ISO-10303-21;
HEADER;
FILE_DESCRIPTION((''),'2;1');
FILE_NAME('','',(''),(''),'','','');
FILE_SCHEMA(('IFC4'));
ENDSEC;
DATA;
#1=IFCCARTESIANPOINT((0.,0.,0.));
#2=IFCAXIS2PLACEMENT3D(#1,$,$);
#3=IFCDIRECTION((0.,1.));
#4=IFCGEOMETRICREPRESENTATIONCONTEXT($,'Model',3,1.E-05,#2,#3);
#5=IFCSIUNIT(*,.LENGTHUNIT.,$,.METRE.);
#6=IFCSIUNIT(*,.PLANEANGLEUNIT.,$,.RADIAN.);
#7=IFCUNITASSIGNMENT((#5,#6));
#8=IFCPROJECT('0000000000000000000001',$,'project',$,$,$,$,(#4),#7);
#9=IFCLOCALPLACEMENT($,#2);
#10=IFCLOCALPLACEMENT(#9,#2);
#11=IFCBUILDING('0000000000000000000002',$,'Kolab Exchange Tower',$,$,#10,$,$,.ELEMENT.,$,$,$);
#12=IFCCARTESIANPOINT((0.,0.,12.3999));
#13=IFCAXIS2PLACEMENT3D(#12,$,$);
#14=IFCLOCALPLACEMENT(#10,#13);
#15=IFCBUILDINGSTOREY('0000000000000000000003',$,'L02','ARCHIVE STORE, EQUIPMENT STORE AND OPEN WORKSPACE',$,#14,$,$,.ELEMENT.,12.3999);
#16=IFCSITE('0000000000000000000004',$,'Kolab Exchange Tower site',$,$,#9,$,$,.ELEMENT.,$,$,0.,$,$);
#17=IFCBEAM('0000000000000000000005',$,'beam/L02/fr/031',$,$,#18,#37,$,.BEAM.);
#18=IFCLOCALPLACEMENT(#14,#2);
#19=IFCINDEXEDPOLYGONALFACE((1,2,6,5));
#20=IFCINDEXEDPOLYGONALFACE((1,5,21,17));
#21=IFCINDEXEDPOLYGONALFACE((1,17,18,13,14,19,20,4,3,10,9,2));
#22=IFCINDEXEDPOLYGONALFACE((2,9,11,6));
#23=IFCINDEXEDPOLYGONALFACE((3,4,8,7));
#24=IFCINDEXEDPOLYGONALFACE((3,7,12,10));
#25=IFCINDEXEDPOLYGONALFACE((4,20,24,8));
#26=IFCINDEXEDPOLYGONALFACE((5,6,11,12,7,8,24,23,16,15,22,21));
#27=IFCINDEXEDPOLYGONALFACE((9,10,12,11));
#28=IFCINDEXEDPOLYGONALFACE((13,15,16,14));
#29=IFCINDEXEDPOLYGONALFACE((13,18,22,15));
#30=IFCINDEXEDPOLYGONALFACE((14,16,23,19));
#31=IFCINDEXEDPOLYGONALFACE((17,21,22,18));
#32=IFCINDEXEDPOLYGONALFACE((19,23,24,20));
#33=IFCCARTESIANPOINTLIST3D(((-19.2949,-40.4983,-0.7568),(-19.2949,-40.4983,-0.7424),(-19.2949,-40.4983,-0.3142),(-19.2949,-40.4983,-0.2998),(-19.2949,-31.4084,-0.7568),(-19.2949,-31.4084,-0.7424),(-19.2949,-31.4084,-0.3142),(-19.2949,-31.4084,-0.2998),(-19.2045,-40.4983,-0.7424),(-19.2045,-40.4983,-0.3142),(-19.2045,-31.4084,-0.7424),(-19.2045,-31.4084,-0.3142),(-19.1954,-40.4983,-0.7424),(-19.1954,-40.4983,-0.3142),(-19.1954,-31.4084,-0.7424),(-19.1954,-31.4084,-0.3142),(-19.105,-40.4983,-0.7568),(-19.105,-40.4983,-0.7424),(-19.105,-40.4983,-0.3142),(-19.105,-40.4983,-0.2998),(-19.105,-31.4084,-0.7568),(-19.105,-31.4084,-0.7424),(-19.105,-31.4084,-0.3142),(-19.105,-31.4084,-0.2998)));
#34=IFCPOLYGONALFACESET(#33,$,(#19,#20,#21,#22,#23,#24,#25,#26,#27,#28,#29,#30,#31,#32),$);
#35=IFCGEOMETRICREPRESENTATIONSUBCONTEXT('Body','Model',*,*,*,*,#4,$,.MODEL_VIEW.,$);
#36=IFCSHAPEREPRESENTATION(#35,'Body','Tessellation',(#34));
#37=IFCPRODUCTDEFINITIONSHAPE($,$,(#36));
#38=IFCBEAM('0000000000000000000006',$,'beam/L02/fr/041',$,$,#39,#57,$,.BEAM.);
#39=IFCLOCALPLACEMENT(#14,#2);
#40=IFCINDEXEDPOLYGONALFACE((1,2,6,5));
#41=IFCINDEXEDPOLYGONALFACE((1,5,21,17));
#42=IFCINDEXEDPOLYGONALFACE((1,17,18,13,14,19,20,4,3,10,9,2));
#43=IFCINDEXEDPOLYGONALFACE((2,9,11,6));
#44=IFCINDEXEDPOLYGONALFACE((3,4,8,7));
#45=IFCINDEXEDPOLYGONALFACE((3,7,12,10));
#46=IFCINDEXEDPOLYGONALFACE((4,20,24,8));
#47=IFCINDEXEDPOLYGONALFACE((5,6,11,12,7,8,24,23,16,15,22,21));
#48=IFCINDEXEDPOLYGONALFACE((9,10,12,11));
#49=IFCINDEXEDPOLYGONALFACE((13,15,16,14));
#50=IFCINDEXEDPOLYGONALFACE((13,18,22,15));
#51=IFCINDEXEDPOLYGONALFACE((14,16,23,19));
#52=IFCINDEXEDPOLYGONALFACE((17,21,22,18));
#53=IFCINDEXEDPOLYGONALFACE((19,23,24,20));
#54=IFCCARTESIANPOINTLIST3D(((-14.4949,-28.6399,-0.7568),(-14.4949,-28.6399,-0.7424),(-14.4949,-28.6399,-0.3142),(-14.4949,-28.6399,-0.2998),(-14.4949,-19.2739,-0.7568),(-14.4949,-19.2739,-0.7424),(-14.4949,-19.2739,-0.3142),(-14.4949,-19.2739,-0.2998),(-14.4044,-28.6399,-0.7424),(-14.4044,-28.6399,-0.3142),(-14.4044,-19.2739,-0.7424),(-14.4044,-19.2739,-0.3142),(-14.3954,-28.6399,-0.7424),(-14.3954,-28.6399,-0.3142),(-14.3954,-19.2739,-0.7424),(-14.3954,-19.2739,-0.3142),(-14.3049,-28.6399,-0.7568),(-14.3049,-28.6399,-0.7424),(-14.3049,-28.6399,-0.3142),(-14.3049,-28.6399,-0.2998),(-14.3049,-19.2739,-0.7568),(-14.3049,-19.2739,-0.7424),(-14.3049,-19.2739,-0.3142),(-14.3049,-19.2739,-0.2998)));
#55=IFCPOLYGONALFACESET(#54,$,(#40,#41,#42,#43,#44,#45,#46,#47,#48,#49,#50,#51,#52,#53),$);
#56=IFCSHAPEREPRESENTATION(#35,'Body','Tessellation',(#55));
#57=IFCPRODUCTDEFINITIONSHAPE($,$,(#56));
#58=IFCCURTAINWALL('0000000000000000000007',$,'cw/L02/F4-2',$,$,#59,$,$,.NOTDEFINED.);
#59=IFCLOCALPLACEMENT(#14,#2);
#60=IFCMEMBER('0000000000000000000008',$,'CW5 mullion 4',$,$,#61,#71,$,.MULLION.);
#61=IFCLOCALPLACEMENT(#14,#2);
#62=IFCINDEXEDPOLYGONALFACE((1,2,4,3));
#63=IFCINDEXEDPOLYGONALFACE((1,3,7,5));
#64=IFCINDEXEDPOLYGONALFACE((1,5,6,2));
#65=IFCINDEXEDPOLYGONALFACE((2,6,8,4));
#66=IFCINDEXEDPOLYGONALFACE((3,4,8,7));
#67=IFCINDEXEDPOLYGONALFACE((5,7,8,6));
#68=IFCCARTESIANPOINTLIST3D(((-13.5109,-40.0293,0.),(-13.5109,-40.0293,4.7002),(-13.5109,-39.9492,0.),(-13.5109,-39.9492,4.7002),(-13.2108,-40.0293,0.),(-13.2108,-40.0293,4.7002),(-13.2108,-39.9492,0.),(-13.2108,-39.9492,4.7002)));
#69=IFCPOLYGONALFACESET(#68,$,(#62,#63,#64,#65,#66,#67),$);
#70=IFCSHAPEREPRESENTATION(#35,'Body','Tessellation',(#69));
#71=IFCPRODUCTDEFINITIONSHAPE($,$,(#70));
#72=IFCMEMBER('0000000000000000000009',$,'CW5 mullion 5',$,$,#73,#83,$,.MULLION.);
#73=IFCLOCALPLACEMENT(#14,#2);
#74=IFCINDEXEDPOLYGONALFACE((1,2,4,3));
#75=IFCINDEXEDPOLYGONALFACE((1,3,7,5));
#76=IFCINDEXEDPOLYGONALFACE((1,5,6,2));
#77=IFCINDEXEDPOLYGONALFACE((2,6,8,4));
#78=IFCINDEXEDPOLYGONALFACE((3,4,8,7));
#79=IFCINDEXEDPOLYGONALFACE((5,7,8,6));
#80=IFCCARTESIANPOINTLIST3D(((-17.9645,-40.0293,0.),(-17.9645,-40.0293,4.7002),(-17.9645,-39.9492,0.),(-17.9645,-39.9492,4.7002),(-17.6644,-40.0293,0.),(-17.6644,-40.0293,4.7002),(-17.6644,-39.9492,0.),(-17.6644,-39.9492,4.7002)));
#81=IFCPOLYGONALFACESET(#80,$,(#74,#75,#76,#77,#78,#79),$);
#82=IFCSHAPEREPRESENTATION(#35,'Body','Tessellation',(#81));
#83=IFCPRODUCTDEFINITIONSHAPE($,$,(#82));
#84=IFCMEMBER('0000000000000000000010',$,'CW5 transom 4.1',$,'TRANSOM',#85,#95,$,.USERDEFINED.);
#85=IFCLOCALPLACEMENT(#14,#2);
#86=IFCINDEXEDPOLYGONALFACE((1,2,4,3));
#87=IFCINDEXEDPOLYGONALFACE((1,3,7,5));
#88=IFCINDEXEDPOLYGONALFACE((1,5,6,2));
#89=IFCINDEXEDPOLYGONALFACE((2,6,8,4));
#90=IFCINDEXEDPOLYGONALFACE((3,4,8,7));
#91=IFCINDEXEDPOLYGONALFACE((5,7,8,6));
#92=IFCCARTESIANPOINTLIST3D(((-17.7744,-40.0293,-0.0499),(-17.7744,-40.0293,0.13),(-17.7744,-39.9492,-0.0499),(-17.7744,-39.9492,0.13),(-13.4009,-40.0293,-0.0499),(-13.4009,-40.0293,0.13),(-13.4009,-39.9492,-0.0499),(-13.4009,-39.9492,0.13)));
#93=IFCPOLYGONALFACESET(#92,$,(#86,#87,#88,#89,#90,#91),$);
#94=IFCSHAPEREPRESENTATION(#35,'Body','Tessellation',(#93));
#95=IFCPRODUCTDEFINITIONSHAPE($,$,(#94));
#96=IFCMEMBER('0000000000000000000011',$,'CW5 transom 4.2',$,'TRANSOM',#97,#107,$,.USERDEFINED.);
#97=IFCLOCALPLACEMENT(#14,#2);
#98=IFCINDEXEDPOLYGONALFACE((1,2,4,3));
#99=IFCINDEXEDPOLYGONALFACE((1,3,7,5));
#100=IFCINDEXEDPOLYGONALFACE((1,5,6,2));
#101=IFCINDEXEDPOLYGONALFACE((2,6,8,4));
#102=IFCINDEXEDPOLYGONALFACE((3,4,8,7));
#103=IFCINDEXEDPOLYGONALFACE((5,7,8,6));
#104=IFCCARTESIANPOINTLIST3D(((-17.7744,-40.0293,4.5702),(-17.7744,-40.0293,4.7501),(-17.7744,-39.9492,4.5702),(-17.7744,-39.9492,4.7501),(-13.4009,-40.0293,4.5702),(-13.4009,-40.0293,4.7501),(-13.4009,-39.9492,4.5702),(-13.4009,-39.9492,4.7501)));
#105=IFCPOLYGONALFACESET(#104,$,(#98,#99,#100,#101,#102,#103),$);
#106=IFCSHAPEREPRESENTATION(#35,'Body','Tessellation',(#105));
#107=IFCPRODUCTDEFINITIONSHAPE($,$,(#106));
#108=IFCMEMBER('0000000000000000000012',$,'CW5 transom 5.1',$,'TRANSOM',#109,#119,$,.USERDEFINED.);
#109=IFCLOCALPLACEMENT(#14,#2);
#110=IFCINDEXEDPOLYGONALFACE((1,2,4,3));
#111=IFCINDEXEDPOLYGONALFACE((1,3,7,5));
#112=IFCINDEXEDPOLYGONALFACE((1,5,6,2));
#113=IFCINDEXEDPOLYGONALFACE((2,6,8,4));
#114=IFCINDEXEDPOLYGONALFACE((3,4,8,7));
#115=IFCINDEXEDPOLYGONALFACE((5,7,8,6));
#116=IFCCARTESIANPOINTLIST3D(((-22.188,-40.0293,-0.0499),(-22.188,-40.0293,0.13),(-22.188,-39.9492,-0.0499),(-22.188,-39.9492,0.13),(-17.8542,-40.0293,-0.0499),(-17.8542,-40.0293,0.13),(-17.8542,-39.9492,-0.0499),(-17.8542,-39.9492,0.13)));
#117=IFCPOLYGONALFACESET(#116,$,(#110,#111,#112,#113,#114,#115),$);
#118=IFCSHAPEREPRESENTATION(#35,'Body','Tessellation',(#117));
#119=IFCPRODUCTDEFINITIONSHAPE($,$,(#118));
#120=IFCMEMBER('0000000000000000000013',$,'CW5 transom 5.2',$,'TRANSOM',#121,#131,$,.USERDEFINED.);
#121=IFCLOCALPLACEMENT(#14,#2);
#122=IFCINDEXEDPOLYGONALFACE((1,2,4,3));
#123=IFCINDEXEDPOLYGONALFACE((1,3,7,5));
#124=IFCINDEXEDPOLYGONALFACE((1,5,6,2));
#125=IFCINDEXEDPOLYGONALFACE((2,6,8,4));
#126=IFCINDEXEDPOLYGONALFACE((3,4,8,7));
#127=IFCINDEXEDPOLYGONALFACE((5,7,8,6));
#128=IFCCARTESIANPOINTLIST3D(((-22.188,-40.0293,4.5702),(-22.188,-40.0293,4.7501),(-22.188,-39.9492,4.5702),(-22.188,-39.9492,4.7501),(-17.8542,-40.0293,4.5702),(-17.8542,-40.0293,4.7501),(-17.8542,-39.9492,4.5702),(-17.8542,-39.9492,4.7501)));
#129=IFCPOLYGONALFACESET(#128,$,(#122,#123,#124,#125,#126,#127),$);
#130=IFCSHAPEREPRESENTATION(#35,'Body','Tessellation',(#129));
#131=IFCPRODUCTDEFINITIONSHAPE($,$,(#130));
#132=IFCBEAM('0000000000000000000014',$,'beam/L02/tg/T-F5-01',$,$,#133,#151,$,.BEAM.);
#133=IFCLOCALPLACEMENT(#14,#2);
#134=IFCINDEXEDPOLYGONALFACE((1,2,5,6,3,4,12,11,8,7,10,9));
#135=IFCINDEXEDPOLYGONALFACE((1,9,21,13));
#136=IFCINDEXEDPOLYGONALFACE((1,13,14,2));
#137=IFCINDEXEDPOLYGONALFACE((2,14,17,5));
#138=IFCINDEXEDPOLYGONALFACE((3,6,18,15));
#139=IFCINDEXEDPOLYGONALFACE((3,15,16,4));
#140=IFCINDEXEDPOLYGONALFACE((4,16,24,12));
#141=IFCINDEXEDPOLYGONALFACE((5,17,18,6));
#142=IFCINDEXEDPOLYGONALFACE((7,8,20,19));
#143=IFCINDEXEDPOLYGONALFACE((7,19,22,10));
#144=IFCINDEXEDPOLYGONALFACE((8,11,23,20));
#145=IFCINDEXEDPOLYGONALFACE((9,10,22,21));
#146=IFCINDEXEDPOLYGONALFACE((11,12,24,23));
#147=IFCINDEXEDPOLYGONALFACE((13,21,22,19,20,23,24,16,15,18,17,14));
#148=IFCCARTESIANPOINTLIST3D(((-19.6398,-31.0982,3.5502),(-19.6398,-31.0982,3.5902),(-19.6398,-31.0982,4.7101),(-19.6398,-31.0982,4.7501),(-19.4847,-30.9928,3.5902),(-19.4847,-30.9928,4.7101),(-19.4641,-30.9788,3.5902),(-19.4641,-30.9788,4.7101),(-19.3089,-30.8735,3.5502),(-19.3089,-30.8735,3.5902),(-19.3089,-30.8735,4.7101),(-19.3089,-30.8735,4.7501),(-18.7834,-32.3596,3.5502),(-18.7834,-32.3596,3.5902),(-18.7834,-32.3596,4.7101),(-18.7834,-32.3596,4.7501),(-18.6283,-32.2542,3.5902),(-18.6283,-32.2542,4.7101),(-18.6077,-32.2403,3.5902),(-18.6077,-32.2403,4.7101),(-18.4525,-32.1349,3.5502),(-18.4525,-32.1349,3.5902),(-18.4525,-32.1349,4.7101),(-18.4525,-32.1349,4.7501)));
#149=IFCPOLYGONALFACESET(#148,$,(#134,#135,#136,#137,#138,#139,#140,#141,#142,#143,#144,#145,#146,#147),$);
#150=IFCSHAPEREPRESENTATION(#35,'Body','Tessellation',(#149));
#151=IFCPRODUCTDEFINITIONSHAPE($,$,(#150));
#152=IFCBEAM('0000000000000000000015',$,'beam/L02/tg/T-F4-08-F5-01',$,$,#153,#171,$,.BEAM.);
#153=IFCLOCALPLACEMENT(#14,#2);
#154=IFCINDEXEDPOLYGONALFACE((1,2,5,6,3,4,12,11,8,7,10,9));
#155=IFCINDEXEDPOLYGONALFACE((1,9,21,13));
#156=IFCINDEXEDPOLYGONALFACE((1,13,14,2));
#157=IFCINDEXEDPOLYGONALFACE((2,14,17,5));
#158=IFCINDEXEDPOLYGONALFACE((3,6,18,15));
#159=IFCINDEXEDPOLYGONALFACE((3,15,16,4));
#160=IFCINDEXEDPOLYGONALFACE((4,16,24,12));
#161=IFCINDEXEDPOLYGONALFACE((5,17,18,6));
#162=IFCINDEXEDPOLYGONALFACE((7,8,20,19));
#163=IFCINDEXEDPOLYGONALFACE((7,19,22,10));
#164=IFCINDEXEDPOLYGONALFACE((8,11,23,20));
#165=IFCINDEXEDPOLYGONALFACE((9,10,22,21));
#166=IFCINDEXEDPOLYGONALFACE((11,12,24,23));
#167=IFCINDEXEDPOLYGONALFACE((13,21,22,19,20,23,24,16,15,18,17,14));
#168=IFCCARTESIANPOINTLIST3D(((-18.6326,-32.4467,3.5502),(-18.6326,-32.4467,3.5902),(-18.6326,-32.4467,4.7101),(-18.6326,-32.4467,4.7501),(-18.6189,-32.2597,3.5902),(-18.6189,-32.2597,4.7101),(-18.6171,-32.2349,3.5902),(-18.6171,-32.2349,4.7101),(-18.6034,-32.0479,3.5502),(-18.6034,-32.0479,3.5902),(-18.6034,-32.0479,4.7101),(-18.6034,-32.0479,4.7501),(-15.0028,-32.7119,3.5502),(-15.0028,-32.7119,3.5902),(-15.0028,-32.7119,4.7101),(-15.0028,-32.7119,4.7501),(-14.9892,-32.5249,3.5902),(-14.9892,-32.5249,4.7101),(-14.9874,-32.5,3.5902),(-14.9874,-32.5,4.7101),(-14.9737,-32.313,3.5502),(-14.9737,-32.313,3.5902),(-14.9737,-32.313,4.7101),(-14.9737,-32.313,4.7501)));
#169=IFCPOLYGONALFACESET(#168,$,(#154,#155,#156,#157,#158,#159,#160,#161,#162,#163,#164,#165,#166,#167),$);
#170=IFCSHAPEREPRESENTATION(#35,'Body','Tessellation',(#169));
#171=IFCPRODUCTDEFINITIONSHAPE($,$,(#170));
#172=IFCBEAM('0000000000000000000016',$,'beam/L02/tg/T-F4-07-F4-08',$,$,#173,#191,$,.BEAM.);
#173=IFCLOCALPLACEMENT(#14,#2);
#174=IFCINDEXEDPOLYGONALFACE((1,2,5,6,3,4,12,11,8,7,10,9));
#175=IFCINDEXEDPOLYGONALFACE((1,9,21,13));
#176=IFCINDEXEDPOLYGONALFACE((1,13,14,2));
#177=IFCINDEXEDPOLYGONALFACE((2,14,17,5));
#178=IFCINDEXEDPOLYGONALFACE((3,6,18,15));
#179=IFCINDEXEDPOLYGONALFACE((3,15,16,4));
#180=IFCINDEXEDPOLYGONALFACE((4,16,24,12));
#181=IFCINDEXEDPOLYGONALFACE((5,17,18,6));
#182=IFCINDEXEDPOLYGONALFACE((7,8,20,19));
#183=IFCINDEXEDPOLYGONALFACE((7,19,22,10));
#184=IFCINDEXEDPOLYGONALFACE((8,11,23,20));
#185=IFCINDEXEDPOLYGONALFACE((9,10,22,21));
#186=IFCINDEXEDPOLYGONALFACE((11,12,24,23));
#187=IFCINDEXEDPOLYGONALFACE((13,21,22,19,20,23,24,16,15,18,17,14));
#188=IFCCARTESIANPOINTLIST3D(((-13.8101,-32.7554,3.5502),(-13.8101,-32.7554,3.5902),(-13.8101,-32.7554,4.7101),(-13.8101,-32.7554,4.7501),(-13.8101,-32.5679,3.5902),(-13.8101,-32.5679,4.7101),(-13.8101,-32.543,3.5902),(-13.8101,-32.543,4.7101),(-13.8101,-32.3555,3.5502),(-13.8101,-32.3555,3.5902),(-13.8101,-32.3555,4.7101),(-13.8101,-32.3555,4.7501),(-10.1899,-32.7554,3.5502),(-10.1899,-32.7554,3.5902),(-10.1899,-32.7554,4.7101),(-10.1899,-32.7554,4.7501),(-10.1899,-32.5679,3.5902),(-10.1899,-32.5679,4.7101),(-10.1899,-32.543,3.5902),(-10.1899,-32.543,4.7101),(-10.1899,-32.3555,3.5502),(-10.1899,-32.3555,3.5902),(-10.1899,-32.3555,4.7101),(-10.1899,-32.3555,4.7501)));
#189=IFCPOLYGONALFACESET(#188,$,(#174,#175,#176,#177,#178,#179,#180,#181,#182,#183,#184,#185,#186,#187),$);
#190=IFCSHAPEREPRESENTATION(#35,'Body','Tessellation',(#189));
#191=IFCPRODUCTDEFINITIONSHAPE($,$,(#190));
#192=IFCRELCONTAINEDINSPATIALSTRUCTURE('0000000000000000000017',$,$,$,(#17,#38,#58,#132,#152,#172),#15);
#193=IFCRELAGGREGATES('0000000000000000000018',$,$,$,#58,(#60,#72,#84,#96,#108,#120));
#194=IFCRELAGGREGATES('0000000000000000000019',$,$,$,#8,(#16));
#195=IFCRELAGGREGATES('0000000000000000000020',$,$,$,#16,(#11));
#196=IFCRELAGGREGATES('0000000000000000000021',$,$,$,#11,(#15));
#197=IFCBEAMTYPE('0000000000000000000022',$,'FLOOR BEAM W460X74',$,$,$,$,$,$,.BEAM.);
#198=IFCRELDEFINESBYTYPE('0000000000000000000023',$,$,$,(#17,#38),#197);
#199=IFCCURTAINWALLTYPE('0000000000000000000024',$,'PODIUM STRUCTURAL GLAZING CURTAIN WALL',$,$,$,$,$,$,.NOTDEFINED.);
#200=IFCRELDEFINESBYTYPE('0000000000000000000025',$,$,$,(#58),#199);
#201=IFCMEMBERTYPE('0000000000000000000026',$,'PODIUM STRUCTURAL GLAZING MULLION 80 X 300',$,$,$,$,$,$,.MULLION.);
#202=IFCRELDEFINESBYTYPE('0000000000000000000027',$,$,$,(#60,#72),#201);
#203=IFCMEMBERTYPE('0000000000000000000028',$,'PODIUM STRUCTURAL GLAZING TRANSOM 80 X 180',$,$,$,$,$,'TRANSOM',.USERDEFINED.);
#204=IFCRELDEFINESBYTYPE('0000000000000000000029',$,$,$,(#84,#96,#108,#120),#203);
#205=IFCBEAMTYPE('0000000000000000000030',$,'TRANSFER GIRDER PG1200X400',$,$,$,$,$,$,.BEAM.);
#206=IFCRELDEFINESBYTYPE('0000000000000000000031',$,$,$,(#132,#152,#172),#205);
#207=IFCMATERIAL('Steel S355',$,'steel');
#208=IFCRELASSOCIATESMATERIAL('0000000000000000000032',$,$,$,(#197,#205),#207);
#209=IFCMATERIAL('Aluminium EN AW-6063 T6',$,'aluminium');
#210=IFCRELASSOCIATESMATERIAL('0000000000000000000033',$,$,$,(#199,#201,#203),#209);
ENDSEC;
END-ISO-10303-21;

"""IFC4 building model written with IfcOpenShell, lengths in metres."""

from ifc_helpers import new_model, si_unit, direction, frame, origin, origin_2d, place, context, subcontext, project, spatial, rectangle, i_section, extrude, material, material_profile, profile_set, type_object, element, aggregate, save


model = new_model("IFC4")

# Units and contexts
model_context = context("Model", 3, precision=1e-05, world=origin(), true_north=direction((0.0, 1.0)))
body_context = subcontext(model_context, "Body", "Model", "MODEL_VIEW")
ifc_project = project(units=[si_unit("LENGTHUNIT", "METRE"), si_unit("PLANEANGLEUNIT", "RADIAN")], contexts=[model_context])

# Site, building, storey
site_placement = place(None, origin())
site = spatial("IfcSite", under=ifc_project, at=site_placement, Name="Kolab Exchange Tower site", CompositionType="ELEMENT", RefElevation=0.0)
building_placement = place(site_placement, origin())
building = spatial("IfcBuilding", under=site, at=building_placement, Name="Kolab Exchange Tower", CompositionType="ELEMENT")
storey_placement = place(building_placement, frame((0.0, 0.0, 12.3999)))
storey = spatial("IfcBuildingStorey", under=building, at=storey_placement, Name="L02", Description="ARCHIVE STORE, EQUIPMENT STORE AND OPEN WORKSPACE", CompositionType="ELEMENT", Elevation=12.3999)

# Beams
ifc_material_1 = material(Name="Steel S355", Category="steel")
ifc_material_profile_1 = material_profile(ifc_material_1, i_section(OverallWidth=0.1899, OverallDepth=0.457, WebThickness=0.009, FlangeThickness=0.0144, at=origin_2d()), Name="W460X74")
ifc_profile_set_1 = profile_set([ifc_material_profile_1], Name="Steel S355")
beam_type_1 = type_object("IfcBeamType", Name="FLOOR BEAM W460X74", PredefinedType="BEAM", material=ifc_profile_set_1)
beam_1_placement = place(storey_placement, frame((-19.2, -40.4983, -0.5283), z_axis=(0.0, 1.0, 0.0), x_axis=(-1.0, 0.0, 0.0)))
element("IfcBeam", 1, at=beam_1_placement, inside=storey, type_object=beam_type_1, Name="beam/L02/fr/031", PredefinedType="BEAM", context=body_context, shape_type="SweptSolid", body=[
    extrude(i_section(OverallWidth=0.1899, OverallDepth=0.457, WebThickness=0.009, FlangeThickness=0.0144, at=origin_2d()), origin(), (0.0, 0.0, 1.0), 9.0898),
])
beam_2_placement = place(storey_placement, frame((-14.3999, -28.6399, -0.5283), z_axis=(0.0, 1.0, 0.0), x_axis=(-1.0, 0.0, 0.0)))
element("IfcBeam", 2, at=beam_2_placement, inside=storey, type_object=beam_type_1, Name="beam/L02/fr/041", PredefinedType="BEAM", context=body_context, shape_type="SweptSolid", body=[
    extrude(i_section(OverallWidth=0.1899, OverallDepth=0.457, WebThickness=0.009, FlangeThickness=0.0144, at=origin_2d()), origin(), (0.0, 0.0, 1.0), 9.366),
])

# Curtain wall, members
ifc_material_2 = material(Name="Aluminium EN AW-6063 T6", Category="aluminium")
curtain_wall_type = type_object("IfcCurtainWallType", Name="PODIUM STRUCTURAL GLAZING CURTAIN WALL", PredefinedType="NOTDEFINED", material=ifc_material_2)
curtain_wall_placement = place(storey_placement, origin())
curtain_wall = element("IfcCurtainWall", 3, at=curtain_wall_placement, inside=storey, type_object=curtain_wall_type, Name="cw/L02/F4-2", PredefinedType="NOTDEFINED")
ifc_material_profile_2 = material_profile(ifc_material_2, rectangle(XDim=0.0801, YDim=0.3, at=origin_2d()), Name="RECT 80X300")
ifc_profile_set_2 = profile_set([ifc_material_profile_2], Name="Aluminium EN AW-6063 T6")
member_type_1 = type_object("IfcMemberType", Name="PODIUM STRUCTURAL GLAZING MULLION 80 X 300", PredefinedType="MULLION", material=ifc_profile_set_2)
member_1_placement = place(storey_placement, frame((-13.3608, -39.9893, 0.0), z_axis=(0.0, 0.0, 1.0), x_axis=(0.0, -1.0, 0.0)))
member_1 = element("IfcMember", 4, at=member_1_placement, type_object=member_type_1, Name="CW5 mullion 4", PredefinedType="MULLION", context=body_context, shape_type="SweptSolid", body=[
    extrude(rectangle(XDim=0.0801, YDim=0.3, at=origin_2d()), origin(), (0.0, 0.0, 1.0), 4.7002),
])
member_2_placement = place(storey_placement, frame((-17.8145, -39.9893, 0.0), z_axis=(0.0, 0.0, 1.0), x_axis=(0.0, -1.0, 0.0)))
member_2 = element("IfcMember", 5, at=member_2_placement, type_object=member_type_1, Name="CW5 mullion 5", PredefinedType="MULLION", context=body_context, shape_type="SweptSolid", body=[
    extrude(rectangle(XDim=0.0801, YDim=0.3, at=origin_2d()), origin(), (0.0, 0.0, 1.0), 4.7002),
])
ifc_material_profile_3 = material_profile(ifc_material_2, rectangle(XDim=0.0801, YDim=0.1799, at=origin_2d()), Name="RECT 80X180")
ifc_profile_set_3 = profile_set([ifc_material_profile_3], Name="Aluminium EN AW-6063 T6")
member_type_2 = type_object("IfcMemberType", Name="PODIUM STRUCTURAL GLAZING TRANSOM 80 X 180", ElementType="TRANSOM", PredefinedType="USERDEFINED", material=ifc_profile_set_3)
member_3_placement = place(storey_placement, frame((-13.4009, -39.9893, 0.04), z_axis=(-1.0, 0.0, 0.0), x_axis=(0.0, -1.0, 0.0)))
member_3 = element("IfcMember", 6, at=member_3_placement, type_object=member_type_2, Name="CW5 transom 4.1", ObjectType="TRANSOM", PredefinedType="USERDEFINED", context=body_context, shape_type="SweptSolid", body=[
    extrude(rectangle(XDim=0.0801, YDim=0.1799, at=origin_2d()), origin(), (0.0, 0.0, 1.0), 4.3735),
])
member_4_placement = place(storey_placement, frame((-13.4009, -39.9893, 4.6602), z_axis=(-1.0, 0.0, 0.0), x_axis=(0.0, -1.0, 0.0)))
member_4 = element("IfcMember", 7, at=member_4_placement, type_object=member_type_2, Name="CW5 transom 4.2", ObjectType="TRANSOM", PredefinedType="USERDEFINED", context=body_context, shape_type="SweptSolid", body=[
    extrude(rectangle(XDim=0.0801, YDim=0.1799, at=origin_2d()), origin(), (0.0, 0.0, 1.0), 4.3735),
])
member_5_placement = place(storey_placement, frame((-17.8542, -39.9893, 0.04), z_axis=(-1.0, 0.0, 0.0), x_axis=(0.0, -1.0, 0.0)))
member_5 = element("IfcMember", 8, at=member_5_placement, type_object=member_type_2, Name="CW5 transom 5.1", ObjectType="TRANSOM", PredefinedType="USERDEFINED", context=body_context, shape_type="SweptSolid", body=[
    extrude(rectangle(XDim=0.0801, YDim=0.1799, at=origin_2d()), origin(), (0.0, 0.0, 1.0), 4.3337),
])
member_6_placement = place(storey_placement, frame((-17.8542, -39.9893, 4.6602), z_axis=(-1.0, 0.0, 0.0), x_axis=(0.0, -1.0, 0.0)))
member_6 = element("IfcMember", 9, at=member_6_placement, type_object=member_type_2, Name="CW5 transom 5.2", ObjectType="TRANSOM", PredefinedType="USERDEFINED", context=body_context, shape_type="SweptSolid", body=[
    extrude(rectangle(XDim=0.0801, YDim=0.1799, at=origin_2d()), origin(), (0.0, 0.0, 1.0), 4.3337),
])

# Beams
ifc_material_profile_4 = material_profile(ifc_material_1, i_section(OverallWidth=0.3999, OverallDepth=1.2, WebThickness=0.0249, FlangeThickness=0.04, at=origin_2d()), Name="PG1200X400")
ifc_profile_set_4 = profile_set([ifc_material_profile_4], Name="Steel S355")
beam_type_2 = type_object("IfcBeamType", Name="TRANSFER GIRDER PG1200X400", PredefinedType="BEAM", material=ifc_profile_set_4)
beam_3_placement = place(storey_placement, frame((-19.4744, -30.9858, 4.1501), z_axis=(0.561701, -0.82734, 0.0), x_axis=(0.82734, 0.561701, 0.0)))
element("IfcBeam", 10, at=beam_3_placement, inside=storey, type_object=beam_type_2, Name="beam/L02/tg/T-F5-01", PredefinedType="BEAM", context=body_context, shape_type="SweptSolid", body=[
    extrude(i_section(OverallWidth=0.3999, OverallDepth=1.2, WebThickness=0.0249, FlangeThickness=0.04, at=origin_2d()), origin(), (0.0, 0.0, 1.0), 1.5247),
])
beam_4_placement = place(storey_placement, frame((-14.9883, -32.5125, 4.1501), z_axis=(-0.997343, 0.072854, 0.0), x_axis=(-0.072854, -0.997343, 0.0)))
element("IfcBeam", 11, at=beam_4_placement, inside=storey, type_object=beam_type_2, Name="beam/L02/tg/T-F4-08-F5-01", PredefinedType="BEAM", context=body_context, shape_type="SweptSolid", body=[
    extrude(i_section(OverallWidth=0.3999, OverallDepth=1.2, WebThickness=0.0249, FlangeThickness=0.04, at=origin_2d()), origin(), (0.0, 0.0, 1.0), 3.6394),
])
beam_5_placement = place(storey_placement, frame((-10.1899, -32.5554, 4.1501), z_axis=(-1.0, 0.0, 0.0), x_axis=(0.0, -1.0, 0.0)))
element("IfcBeam", 12, at=beam_5_placement, inside=storey, type_object=beam_type_2, Name="beam/L02/tg/T-F4-07-F4-08", PredefinedType="BEAM", context=body_context, shape_type="SweptSolid", body=[
    extrude(i_section(OverallWidth=0.3999, OverallDepth=1.2, WebThickness=0.0249, FlangeThickness=0.04, at=origin_2d()), origin(), (0.0, 0.0, 1.0), 3.6201),
])

aggregate(curtain_wall, [member_1, member_2, member_3, member_4, member_5, member_6])

save(model, "model.ifc")
